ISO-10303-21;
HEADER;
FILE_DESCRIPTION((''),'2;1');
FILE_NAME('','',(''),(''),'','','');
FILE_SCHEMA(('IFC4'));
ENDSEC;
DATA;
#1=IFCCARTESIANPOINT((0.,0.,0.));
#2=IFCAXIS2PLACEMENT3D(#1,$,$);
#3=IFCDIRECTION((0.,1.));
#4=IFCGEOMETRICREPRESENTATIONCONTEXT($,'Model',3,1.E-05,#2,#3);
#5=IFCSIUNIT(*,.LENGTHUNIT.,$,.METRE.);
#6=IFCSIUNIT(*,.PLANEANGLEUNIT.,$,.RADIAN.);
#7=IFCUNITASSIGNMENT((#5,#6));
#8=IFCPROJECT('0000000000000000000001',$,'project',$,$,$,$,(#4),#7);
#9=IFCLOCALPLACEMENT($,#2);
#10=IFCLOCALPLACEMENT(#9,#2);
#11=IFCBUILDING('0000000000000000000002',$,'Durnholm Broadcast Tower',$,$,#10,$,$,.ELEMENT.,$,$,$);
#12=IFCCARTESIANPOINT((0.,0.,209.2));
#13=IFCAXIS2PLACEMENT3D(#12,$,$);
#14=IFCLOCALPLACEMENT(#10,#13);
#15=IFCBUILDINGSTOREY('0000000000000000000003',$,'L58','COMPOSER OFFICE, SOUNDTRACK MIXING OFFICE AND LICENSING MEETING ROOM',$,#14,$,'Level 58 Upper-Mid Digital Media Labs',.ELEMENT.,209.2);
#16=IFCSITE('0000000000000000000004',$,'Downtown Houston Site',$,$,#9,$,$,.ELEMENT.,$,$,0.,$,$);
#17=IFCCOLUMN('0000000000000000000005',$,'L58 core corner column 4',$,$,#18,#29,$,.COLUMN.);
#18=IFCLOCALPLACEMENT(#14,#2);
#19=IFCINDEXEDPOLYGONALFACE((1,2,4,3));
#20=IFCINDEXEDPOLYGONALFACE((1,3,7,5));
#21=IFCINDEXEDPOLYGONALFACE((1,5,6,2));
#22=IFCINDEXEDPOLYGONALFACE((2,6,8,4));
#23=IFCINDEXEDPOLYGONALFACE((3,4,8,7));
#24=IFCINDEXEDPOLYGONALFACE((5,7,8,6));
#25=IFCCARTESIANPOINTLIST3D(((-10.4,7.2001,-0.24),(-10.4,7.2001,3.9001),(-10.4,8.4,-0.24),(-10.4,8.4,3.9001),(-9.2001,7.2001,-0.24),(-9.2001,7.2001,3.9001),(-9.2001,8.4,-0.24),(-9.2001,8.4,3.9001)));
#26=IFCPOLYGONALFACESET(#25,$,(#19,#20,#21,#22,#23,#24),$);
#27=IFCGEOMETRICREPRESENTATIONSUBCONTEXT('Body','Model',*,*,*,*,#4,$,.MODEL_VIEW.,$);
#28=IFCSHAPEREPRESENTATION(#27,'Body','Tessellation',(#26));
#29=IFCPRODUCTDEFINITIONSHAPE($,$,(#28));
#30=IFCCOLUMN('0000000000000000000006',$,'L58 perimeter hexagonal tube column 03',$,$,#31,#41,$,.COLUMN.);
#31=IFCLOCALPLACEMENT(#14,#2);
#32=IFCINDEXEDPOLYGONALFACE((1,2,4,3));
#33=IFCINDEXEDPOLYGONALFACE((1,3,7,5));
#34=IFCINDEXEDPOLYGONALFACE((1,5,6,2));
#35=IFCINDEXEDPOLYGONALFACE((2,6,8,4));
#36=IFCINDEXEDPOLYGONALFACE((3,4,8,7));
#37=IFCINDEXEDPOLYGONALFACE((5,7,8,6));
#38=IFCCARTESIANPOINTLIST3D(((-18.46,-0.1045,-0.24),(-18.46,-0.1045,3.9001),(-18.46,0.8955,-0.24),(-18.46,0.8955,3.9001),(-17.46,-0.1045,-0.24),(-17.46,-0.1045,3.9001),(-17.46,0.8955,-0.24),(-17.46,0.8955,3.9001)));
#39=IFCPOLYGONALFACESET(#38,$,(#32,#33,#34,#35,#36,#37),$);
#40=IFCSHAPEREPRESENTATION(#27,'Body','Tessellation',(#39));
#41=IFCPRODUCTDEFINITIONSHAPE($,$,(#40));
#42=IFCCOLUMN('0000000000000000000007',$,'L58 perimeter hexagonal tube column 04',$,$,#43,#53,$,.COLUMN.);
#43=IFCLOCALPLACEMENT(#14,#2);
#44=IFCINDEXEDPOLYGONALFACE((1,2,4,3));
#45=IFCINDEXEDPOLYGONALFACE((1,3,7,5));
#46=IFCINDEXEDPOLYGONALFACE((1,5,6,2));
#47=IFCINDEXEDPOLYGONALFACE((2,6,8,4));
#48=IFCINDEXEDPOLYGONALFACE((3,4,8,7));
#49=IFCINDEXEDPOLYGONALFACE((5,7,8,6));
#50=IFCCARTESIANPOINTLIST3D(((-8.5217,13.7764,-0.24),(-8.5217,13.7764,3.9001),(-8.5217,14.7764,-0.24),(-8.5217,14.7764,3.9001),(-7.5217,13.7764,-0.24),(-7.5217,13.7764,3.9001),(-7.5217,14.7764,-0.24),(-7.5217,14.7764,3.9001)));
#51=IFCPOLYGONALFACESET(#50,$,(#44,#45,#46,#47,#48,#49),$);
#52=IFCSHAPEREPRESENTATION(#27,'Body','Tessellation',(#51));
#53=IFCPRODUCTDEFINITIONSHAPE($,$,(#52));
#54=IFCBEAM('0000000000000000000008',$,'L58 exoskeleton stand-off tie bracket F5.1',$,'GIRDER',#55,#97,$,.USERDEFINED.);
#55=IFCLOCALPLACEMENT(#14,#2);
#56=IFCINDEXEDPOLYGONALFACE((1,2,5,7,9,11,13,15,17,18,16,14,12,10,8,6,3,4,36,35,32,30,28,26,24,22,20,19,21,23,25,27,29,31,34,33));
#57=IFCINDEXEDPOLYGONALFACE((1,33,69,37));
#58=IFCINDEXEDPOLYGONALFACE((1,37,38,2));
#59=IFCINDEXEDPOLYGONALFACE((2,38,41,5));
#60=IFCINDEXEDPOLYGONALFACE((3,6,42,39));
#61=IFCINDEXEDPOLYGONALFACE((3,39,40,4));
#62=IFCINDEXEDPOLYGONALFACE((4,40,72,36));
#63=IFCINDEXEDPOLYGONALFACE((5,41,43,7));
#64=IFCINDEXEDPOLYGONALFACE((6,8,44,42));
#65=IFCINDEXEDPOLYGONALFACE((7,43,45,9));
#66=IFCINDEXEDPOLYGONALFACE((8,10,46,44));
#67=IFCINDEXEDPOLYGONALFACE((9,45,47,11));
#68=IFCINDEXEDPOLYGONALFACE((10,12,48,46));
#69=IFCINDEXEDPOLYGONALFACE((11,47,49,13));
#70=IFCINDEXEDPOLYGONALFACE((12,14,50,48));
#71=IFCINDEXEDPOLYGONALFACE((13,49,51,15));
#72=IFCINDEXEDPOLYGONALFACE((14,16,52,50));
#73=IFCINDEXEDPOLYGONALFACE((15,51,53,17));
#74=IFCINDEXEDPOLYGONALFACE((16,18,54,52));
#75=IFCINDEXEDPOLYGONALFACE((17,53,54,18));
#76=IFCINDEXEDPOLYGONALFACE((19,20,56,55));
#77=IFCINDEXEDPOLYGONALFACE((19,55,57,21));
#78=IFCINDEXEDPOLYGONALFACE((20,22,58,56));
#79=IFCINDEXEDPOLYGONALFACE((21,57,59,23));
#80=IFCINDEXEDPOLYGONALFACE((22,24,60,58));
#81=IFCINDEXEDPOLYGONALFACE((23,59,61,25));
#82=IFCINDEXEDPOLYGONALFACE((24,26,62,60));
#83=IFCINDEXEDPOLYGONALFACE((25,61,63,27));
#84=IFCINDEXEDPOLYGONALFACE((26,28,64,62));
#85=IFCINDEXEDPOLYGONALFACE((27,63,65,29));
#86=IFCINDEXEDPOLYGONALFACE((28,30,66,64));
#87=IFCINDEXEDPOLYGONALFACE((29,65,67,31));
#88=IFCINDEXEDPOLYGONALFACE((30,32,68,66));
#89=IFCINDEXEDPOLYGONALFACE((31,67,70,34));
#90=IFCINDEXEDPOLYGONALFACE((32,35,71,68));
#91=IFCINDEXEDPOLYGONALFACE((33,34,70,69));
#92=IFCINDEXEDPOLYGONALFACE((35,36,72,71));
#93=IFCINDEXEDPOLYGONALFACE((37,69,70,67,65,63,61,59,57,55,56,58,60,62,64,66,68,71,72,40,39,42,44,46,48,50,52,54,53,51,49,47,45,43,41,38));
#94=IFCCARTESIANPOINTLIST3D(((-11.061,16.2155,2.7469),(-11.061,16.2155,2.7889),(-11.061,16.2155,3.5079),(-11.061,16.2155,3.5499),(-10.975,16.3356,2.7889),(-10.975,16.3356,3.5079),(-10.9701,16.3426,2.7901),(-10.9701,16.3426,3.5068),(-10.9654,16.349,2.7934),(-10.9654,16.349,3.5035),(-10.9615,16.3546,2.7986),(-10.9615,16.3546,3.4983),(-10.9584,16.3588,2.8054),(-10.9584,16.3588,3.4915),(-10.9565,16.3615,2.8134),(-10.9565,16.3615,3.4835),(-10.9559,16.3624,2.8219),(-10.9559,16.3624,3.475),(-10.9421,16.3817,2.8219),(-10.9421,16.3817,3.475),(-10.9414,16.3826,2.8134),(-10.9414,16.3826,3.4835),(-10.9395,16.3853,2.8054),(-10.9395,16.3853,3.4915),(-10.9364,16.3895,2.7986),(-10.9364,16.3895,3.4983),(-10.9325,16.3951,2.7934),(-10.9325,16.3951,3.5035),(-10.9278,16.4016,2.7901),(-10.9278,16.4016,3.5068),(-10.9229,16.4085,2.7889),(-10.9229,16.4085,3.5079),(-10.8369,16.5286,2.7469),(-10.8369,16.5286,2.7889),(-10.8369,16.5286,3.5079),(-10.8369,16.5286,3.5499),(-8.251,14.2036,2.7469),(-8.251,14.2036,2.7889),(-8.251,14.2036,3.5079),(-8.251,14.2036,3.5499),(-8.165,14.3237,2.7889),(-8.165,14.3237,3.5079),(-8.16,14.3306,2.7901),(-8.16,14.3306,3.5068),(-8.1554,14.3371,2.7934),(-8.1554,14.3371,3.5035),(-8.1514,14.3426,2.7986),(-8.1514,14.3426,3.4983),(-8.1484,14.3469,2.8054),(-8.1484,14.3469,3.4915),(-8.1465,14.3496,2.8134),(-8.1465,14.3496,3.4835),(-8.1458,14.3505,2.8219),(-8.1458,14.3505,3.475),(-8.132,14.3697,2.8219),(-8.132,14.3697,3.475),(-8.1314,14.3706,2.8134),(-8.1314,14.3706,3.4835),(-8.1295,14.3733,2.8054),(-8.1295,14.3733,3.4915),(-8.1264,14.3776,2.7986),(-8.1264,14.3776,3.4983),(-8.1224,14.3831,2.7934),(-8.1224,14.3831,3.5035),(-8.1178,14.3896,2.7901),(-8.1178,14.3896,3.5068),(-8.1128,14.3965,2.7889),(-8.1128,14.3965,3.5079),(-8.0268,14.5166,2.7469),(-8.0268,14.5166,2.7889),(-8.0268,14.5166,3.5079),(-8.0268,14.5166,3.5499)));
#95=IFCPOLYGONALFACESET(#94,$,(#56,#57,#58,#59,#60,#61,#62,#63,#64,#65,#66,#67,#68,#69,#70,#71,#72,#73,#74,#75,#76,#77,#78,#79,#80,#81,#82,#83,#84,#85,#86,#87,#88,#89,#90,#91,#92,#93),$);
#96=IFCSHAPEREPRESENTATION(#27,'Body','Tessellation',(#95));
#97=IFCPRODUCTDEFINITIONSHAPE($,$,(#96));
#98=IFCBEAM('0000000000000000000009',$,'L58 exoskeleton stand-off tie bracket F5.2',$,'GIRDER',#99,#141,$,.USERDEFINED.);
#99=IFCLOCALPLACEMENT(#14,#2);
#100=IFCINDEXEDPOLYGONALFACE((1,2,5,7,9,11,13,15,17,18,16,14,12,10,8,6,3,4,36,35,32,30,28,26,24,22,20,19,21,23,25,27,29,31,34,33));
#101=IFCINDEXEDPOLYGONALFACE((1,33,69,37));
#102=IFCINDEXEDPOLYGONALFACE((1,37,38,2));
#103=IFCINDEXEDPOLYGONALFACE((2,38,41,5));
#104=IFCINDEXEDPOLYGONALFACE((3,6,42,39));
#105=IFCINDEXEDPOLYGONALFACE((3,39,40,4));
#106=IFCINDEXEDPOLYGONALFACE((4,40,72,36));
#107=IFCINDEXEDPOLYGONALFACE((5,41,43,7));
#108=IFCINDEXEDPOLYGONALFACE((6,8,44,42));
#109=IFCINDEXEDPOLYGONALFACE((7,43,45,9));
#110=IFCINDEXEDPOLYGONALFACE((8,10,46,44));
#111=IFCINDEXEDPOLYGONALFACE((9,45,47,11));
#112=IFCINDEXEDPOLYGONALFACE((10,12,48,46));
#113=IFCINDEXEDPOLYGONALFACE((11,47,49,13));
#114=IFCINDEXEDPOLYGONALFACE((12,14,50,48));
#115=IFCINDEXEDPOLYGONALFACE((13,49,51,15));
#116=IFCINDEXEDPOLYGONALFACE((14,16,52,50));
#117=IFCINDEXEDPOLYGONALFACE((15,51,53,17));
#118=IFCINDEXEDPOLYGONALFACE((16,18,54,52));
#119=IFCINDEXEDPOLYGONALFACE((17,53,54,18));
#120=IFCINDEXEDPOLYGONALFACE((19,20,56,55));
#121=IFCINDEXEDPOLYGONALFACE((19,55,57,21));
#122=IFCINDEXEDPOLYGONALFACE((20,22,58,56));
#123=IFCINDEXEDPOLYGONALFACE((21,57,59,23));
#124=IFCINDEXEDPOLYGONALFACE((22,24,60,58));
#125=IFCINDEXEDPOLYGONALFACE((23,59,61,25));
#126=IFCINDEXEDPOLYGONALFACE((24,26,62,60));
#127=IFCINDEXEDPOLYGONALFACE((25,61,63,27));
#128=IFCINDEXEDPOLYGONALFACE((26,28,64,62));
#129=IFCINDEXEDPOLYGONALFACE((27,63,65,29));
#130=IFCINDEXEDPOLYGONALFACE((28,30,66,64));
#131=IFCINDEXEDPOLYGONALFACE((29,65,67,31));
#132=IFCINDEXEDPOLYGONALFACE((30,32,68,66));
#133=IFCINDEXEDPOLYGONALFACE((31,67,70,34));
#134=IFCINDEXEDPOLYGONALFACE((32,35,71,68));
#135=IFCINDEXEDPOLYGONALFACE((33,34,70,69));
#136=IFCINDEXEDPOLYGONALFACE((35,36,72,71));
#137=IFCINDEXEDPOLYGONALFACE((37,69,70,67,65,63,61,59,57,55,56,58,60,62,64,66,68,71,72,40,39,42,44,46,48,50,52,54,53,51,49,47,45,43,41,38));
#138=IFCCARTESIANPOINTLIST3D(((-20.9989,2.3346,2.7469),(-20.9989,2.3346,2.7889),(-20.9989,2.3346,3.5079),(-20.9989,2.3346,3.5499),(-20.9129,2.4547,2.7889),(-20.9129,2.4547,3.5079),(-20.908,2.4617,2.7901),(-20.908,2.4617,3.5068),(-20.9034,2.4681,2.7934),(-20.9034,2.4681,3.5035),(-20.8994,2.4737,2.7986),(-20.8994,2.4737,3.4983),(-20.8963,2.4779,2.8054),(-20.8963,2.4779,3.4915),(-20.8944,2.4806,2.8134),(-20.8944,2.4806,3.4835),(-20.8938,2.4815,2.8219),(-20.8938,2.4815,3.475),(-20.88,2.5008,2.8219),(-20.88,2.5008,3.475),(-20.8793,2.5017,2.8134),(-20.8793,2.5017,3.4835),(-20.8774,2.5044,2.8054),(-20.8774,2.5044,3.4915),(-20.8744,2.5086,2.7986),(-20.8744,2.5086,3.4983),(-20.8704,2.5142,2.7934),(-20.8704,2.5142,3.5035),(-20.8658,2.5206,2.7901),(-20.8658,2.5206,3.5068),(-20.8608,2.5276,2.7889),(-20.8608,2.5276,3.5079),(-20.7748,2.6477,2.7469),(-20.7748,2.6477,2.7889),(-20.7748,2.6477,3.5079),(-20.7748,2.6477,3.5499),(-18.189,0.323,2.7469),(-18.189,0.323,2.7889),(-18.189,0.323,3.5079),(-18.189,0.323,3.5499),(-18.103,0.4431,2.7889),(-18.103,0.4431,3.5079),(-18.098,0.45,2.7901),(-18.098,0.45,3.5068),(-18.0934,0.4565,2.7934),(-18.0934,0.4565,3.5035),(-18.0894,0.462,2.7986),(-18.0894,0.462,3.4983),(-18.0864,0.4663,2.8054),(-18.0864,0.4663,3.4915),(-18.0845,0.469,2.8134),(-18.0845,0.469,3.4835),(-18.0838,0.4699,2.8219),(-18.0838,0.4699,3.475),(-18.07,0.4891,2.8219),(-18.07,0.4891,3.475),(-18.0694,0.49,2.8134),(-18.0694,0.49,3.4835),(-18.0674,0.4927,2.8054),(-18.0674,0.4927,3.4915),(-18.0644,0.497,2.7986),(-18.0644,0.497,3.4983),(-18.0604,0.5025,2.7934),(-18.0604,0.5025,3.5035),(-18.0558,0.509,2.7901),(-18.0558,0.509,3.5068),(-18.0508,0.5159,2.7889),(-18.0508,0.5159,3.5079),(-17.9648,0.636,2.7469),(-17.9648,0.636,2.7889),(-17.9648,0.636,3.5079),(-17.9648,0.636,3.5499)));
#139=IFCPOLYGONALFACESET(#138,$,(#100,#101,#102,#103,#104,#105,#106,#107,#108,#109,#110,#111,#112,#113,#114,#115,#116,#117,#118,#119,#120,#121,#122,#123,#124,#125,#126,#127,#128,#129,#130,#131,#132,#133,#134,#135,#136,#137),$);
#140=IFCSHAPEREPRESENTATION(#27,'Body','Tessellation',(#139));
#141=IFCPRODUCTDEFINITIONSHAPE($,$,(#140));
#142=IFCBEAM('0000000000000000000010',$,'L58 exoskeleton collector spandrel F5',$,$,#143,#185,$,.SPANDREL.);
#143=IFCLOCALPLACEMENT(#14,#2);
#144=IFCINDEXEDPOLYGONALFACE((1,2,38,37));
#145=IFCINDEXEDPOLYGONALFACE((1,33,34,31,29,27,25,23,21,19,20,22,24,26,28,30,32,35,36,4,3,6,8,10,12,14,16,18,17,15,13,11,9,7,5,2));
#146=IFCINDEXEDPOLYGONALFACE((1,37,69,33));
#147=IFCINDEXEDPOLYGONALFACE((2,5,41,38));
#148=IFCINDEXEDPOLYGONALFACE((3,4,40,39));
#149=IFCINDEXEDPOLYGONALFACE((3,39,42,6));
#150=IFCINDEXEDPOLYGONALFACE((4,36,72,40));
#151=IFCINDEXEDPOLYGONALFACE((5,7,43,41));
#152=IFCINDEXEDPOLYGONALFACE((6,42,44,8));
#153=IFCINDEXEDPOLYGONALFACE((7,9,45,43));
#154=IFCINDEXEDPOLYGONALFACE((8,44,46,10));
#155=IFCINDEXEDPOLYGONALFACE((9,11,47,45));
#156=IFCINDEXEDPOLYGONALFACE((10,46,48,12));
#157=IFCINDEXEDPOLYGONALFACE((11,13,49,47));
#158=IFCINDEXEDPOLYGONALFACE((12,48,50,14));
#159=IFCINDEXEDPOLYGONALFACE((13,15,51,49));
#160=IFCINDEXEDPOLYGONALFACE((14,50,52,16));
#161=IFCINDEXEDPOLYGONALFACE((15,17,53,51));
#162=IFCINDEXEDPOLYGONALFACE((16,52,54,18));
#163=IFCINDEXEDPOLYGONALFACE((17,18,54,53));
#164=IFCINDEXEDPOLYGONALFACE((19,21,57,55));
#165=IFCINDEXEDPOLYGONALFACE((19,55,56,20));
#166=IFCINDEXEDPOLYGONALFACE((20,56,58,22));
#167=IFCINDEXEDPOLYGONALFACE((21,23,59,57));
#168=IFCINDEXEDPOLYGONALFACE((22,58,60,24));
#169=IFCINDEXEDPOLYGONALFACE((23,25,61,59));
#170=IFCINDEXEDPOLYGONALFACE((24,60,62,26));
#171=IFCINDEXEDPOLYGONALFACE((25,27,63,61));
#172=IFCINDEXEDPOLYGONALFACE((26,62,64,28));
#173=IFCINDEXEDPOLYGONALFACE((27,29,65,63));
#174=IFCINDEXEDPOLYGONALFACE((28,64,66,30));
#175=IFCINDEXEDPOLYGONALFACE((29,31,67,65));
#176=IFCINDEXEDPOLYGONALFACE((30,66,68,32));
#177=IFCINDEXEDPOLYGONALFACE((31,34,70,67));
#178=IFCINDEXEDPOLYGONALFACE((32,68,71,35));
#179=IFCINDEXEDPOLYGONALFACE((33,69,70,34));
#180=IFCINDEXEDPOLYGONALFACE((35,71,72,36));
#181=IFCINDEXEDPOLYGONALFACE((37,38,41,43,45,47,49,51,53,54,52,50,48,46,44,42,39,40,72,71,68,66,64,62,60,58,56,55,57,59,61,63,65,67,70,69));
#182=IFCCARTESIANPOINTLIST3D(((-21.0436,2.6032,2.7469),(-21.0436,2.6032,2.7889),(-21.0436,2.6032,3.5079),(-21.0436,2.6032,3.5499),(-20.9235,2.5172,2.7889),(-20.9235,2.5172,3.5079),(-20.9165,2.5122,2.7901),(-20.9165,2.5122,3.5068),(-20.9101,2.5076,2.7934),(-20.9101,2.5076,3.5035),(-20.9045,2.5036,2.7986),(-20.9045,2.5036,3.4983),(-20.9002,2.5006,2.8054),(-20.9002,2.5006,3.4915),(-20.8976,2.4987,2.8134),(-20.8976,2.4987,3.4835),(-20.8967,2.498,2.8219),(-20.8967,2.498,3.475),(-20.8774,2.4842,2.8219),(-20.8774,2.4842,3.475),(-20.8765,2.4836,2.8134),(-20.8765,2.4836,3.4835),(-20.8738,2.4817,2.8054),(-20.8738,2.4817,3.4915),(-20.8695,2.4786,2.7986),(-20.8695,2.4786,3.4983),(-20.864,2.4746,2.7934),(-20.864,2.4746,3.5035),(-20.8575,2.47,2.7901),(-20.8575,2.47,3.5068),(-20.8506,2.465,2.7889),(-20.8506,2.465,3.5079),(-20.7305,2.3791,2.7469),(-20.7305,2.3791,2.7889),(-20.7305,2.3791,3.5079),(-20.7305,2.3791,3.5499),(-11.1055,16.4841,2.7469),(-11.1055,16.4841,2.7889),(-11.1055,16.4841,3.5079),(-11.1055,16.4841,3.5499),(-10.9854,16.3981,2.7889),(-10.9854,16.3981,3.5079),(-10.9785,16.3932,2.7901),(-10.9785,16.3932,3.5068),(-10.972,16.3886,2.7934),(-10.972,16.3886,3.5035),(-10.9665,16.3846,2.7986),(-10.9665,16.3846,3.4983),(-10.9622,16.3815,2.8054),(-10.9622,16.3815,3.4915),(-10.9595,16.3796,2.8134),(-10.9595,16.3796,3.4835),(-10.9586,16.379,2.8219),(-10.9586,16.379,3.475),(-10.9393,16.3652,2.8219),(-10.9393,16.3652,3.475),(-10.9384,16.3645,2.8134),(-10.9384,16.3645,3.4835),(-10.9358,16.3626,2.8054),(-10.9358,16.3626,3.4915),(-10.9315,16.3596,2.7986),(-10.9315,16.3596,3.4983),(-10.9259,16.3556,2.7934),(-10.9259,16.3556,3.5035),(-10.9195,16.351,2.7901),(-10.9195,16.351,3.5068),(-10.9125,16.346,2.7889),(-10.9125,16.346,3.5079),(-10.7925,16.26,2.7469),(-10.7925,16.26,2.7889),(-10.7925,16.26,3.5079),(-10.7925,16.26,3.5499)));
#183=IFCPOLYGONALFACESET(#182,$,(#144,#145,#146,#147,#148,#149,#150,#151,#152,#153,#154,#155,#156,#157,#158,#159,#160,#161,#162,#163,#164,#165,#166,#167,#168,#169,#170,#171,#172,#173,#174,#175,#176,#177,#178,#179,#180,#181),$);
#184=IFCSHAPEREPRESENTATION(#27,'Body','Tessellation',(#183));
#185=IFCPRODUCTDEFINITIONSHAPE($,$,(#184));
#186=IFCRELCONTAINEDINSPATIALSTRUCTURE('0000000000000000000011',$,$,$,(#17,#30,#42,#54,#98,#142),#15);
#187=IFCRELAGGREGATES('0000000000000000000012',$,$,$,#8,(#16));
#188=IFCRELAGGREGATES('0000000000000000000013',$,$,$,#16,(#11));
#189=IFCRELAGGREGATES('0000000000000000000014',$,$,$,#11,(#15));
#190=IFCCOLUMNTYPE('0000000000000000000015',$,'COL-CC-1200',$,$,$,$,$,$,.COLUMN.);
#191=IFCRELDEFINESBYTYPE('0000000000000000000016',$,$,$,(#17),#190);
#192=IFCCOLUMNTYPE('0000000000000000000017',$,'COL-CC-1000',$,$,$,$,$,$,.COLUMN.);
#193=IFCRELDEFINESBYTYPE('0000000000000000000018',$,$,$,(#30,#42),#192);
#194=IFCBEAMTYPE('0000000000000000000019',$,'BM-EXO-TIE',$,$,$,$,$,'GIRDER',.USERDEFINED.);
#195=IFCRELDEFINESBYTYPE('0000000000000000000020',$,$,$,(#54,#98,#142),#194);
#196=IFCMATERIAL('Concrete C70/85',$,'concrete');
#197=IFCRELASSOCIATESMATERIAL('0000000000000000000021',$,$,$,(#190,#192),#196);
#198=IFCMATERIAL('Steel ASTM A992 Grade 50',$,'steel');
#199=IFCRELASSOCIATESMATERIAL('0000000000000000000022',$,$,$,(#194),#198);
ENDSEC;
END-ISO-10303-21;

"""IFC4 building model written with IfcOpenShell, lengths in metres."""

from ifc_helpers import new_model, si_unit, direction, frame, origin, origin_2d, place, context, subcontext, project, spatial, rectangle, i_section, extrude, source, transform, mapped, material, material_profile, profile_set, type_object, type_shapes, element, save


model = new_model("IFC4")

# Units and contexts
model_context = context("Model", 3, precision=1e-05, world=origin(), true_north=direction((0.0, 1.0)))
body_context = subcontext(model_context, "Body", "Model", "MODEL_VIEW")
ifc_project = project(units=[si_unit("LENGTHUNIT", "METRE"), si_unit("PLANEANGLEUNIT", "RADIAN")], contexts=[model_context])

# Site, building, storey
site_placement = place(None, origin())
site = spatial("IfcSite", under=ifc_project, at=site_placement, Name="Downtown Houston Site", CompositionType="ELEMENT", RefElevation=0.0)
building_placement = place(site_placement, origin())
building = spatial("IfcBuilding", under=site, at=building_placement, Name="Durnholm Broadcast Tower", CompositionType="ELEMENT")
storey_placement = place(building_placement, frame((0.0, 0.0, 209.2)))
storey = spatial("IfcBuildingStorey", under=building, at=storey_placement, Name="L58", Description="COMPOSER OFFICE, SOUNDTRACK MIXING OFFICE AND LICENSING MEETING ROOM", LongName="Level 58 Upper-Mid Digital Media Labs", CompositionType="ELEMENT", Elevation=209.2)

# Columns
ifc_material_1 = material(Name="Concrete C70/85", Category="concrete")
ifc_material_profile_1 = material_profile(ifc_material_1, rectangle(XDim=1.2, YDim=1.2, at=origin_2d()), Name="RC1200X1200")
ifc_profile_set_1 = profile_set([ifc_material_profile_1], Name="Concrete C70/85")
column_type_1 = type_object("IfcColumnType", Name="COL-CC-1200", PredefinedType="COLUMN", material=ifc_profile_set_1)
shared_shape_1 = source(origin(), body_context, "Body", "SweptSolid", [
    extrude(rectangle(XDim=1.2, YDim=1.2, at=origin_2d()), origin(), (0.0, 0.0, 1.0), 4.1401),
])
type_shapes(column_type_1, [shared_shape_1])
column_placement = place(storey_placement, frame((-9.8, 7.8, -0.24), z_axis=(0.0, 0.0, 1.0), x_axis=(1.0, 0.0, 0.0)))
element("IfcColumn", 1, at=column_placement, inside=storey, type_object=column_type_1, Name="L58 core corner column 4", PredefinedType="COLUMN", context=body_context, shape_type="MappedRepresentation", body=[
    mapped(shared_shape_1, transform((0.0, 0.0, 0.0), x_axis=(1.0, 0.0, 0.0), y_axis=(0.0, 1.0, 0.0), z_axis=(0.0, 0.0, 1.0), scale=1.0)),
])
ifc_material_profile_2 = material_profile(ifc_material_1, rectangle(XDim=1.0, YDim=1.0, at=origin_2d()), Name="RC1000X1000")
ifc_profile_set_2 = profile_set([ifc_material_profile_2], Name="Concrete C70/85")
column_type_2 = type_object("IfcColumnType", Name="COL-CC-1000", PredefinedType="COLUMN", material=ifc_profile_set_2)
shared_shape_2 = source(origin(), body_context, "Body", "SweptSolid", [
    extrude(rectangle(XDim=1.0, YDim=1.0, at=origin_2d()), origin(), (0.0, 0.0, 1.0), 4.1401),
])
type_shapes(column_type_2, [shared_shape_2])
for number, where, z_axis, x_axis, name in (
    (2, (-17.96, 0.3955, -0.24), (0.0, 0.0, 1.0), (1.0, 0.0, 0.0), "L58 perimeter hexagonal tube column 03"),
    (3, (-8.0217, 14.2764, -0.24), (0.0, 0.0, 1.0), (1.0, 0.0, 0.0), "L58 perimeter hexagonal tube column 04"),
):
    element("IfcColumn", number, at=place(storey_placement, frame(where, z_axis=z_axis, x_axis=x_axis)), inside=storey, type_object=column_type_2, Name=name, PredefinedType="COLUMN", context=body_context, shape_type="MappedRepresentation", body=[
        mapped(shared_shape_2, transform((0.0, 0.0, 0.0), x_axis=(1.0, 0.0, 0.0), y_axis=(0.0, 1.0, 0.0), z_axis=(0.0, 0.0, 1.0), scale=1.0)),
    ])

# Beams
ifc_material_2 = material(Name="Steel ASTM A992 Grade 50", Category="steel")
ifc_material_profile_3 = material_profile(ifc_material_2, i_section(OverallWidth=0.385, OverallDepth=0.803, WebThickness=0.0237, FlangeThickness=0.042, FilletRadius=0.033, at=origin_2d()), Name="W30X261")
ifc_profile_set_3 = profile_set([ifc_material_profile_3], Name="Steel ASTM A992 Grade 50")
beam_type_1 = type_object("IfcBeamType", Name="BM-EXO-TIE", ElementType="GIRDER", PredefinedType="USERDEFINED", material=ifc_profile_set_3)
shared_shape_3 = source(origin(), body_context, "Body", "SweptSolid", [
    extrude(i_section(OverallWidth=0.385, OverallDepth=0.803, WebThickness=0.0237, FlangeThickness=0.042, FilletRadius=0.033, at=origin_2d()), origin(), (0.0, 0.0, 1.0), 3.4561),
])
beam_1_placement = place(storey_placement, frame((-8.1389, 14.3601, 3.1484), z_axis=(-0.813079, 0.582153, 0.0), x_axis=(-0.582153, -0.813079, 0.0)))
element("IfcBeam", 4, at=beam_1_placement, inside=storey, type_object=beam_type_1, Name="L58 exoskeleton stand-off tie bracket F5.1", ObjectType="GIRDER", PredefinedType="USERDEFINED", context=body_context, shape_type="MappedRepresentation", body=[
    mapped(shared_shape_3, transform((0.0, 0.0, 0.0), x_axis=(1.0, 0.0, 0.0), y_axis=(0.0, 1.0, 0.0), z_axis=(0.0, 0.0, 1.0), scale=1.0)),
])
shared_shape_4 = source(origin(), body_context, "Body", "SweptSolid", [
    extrude(i_section(OverallWidth=0.385, OverallDepth=0.803, WebThickness=0.0237, FlangeThickness=0.042, FilletRadius=0.033, at=origin_2d()), origin(), (0.0, 0.0, 1.0), 3.4558),
])
beam_2_placement = place(storey_placement, frame((-18.0769, 0.4795, 3.1484), z_axis=(-0.813112, 0.582107, 0.0), x_axis=(-0.582107, -0.813112, 0.0)))
element("IfcBeam", 5, at=beam_2_placement, inside=storey, type_object=beam_type_1, Name="L58 exoskeleton stand-off tie bracket F5.2", ObjectType="GIRDER", PredefinedType="USERDEFINED", context=body_context, shape_type="MappedRepresentation", body=[
    mapped(shared_shape_4, transform((0.0, 0.0, 0.0), x_axis=(1.0, 0.0, 0.0), y_axis=(0.0, 1.0, 0.0), z_axis=(0.0, 0.0, 1.0), scale=1.0)),
])
shared_shape_5 = source(origin(), body_context, "Body", "SweptSolid", [
    extrude(i_section(OverallWidth=0.385, OverallDepth=0.803, WebThickness=0.0237, FlangeThickness=0.042, FilletRadius=0.033, at=origin_2d()), origin(), (0.0, 0.0, 1.0), 17.0718),
])
type_shapes(beam_type_1, [shared_shape_3, shared_shape_4, shared_shape_5])
beam_3_placement = place(storey_placement, frame((-10.949, 16.3721, 3.1484), z_axis=(-0.582133, -0.813093, 0.0), x_axis=(0.813093, -0.582133, 0.0)))
element("IfcBeam", 6, at=beam_3_placement, inside=storey, type_object=beam_type_1, Name="L58 exoskeleton collector spandrel F5", PredefinedType="SPANDREL", context=body_context, shape_type="MappedRepresentation", body=[
    mapped(shared_shape_5, transform((0.0, 0.0, 0.0), x_axis=(1.0, 0.0, 0.0), y_axis=(0.0, 1.0, 0.0), z_axis=(0.0, 0.0, 1.0), scale=1.0)),
])

save(model, "model.ifc")
